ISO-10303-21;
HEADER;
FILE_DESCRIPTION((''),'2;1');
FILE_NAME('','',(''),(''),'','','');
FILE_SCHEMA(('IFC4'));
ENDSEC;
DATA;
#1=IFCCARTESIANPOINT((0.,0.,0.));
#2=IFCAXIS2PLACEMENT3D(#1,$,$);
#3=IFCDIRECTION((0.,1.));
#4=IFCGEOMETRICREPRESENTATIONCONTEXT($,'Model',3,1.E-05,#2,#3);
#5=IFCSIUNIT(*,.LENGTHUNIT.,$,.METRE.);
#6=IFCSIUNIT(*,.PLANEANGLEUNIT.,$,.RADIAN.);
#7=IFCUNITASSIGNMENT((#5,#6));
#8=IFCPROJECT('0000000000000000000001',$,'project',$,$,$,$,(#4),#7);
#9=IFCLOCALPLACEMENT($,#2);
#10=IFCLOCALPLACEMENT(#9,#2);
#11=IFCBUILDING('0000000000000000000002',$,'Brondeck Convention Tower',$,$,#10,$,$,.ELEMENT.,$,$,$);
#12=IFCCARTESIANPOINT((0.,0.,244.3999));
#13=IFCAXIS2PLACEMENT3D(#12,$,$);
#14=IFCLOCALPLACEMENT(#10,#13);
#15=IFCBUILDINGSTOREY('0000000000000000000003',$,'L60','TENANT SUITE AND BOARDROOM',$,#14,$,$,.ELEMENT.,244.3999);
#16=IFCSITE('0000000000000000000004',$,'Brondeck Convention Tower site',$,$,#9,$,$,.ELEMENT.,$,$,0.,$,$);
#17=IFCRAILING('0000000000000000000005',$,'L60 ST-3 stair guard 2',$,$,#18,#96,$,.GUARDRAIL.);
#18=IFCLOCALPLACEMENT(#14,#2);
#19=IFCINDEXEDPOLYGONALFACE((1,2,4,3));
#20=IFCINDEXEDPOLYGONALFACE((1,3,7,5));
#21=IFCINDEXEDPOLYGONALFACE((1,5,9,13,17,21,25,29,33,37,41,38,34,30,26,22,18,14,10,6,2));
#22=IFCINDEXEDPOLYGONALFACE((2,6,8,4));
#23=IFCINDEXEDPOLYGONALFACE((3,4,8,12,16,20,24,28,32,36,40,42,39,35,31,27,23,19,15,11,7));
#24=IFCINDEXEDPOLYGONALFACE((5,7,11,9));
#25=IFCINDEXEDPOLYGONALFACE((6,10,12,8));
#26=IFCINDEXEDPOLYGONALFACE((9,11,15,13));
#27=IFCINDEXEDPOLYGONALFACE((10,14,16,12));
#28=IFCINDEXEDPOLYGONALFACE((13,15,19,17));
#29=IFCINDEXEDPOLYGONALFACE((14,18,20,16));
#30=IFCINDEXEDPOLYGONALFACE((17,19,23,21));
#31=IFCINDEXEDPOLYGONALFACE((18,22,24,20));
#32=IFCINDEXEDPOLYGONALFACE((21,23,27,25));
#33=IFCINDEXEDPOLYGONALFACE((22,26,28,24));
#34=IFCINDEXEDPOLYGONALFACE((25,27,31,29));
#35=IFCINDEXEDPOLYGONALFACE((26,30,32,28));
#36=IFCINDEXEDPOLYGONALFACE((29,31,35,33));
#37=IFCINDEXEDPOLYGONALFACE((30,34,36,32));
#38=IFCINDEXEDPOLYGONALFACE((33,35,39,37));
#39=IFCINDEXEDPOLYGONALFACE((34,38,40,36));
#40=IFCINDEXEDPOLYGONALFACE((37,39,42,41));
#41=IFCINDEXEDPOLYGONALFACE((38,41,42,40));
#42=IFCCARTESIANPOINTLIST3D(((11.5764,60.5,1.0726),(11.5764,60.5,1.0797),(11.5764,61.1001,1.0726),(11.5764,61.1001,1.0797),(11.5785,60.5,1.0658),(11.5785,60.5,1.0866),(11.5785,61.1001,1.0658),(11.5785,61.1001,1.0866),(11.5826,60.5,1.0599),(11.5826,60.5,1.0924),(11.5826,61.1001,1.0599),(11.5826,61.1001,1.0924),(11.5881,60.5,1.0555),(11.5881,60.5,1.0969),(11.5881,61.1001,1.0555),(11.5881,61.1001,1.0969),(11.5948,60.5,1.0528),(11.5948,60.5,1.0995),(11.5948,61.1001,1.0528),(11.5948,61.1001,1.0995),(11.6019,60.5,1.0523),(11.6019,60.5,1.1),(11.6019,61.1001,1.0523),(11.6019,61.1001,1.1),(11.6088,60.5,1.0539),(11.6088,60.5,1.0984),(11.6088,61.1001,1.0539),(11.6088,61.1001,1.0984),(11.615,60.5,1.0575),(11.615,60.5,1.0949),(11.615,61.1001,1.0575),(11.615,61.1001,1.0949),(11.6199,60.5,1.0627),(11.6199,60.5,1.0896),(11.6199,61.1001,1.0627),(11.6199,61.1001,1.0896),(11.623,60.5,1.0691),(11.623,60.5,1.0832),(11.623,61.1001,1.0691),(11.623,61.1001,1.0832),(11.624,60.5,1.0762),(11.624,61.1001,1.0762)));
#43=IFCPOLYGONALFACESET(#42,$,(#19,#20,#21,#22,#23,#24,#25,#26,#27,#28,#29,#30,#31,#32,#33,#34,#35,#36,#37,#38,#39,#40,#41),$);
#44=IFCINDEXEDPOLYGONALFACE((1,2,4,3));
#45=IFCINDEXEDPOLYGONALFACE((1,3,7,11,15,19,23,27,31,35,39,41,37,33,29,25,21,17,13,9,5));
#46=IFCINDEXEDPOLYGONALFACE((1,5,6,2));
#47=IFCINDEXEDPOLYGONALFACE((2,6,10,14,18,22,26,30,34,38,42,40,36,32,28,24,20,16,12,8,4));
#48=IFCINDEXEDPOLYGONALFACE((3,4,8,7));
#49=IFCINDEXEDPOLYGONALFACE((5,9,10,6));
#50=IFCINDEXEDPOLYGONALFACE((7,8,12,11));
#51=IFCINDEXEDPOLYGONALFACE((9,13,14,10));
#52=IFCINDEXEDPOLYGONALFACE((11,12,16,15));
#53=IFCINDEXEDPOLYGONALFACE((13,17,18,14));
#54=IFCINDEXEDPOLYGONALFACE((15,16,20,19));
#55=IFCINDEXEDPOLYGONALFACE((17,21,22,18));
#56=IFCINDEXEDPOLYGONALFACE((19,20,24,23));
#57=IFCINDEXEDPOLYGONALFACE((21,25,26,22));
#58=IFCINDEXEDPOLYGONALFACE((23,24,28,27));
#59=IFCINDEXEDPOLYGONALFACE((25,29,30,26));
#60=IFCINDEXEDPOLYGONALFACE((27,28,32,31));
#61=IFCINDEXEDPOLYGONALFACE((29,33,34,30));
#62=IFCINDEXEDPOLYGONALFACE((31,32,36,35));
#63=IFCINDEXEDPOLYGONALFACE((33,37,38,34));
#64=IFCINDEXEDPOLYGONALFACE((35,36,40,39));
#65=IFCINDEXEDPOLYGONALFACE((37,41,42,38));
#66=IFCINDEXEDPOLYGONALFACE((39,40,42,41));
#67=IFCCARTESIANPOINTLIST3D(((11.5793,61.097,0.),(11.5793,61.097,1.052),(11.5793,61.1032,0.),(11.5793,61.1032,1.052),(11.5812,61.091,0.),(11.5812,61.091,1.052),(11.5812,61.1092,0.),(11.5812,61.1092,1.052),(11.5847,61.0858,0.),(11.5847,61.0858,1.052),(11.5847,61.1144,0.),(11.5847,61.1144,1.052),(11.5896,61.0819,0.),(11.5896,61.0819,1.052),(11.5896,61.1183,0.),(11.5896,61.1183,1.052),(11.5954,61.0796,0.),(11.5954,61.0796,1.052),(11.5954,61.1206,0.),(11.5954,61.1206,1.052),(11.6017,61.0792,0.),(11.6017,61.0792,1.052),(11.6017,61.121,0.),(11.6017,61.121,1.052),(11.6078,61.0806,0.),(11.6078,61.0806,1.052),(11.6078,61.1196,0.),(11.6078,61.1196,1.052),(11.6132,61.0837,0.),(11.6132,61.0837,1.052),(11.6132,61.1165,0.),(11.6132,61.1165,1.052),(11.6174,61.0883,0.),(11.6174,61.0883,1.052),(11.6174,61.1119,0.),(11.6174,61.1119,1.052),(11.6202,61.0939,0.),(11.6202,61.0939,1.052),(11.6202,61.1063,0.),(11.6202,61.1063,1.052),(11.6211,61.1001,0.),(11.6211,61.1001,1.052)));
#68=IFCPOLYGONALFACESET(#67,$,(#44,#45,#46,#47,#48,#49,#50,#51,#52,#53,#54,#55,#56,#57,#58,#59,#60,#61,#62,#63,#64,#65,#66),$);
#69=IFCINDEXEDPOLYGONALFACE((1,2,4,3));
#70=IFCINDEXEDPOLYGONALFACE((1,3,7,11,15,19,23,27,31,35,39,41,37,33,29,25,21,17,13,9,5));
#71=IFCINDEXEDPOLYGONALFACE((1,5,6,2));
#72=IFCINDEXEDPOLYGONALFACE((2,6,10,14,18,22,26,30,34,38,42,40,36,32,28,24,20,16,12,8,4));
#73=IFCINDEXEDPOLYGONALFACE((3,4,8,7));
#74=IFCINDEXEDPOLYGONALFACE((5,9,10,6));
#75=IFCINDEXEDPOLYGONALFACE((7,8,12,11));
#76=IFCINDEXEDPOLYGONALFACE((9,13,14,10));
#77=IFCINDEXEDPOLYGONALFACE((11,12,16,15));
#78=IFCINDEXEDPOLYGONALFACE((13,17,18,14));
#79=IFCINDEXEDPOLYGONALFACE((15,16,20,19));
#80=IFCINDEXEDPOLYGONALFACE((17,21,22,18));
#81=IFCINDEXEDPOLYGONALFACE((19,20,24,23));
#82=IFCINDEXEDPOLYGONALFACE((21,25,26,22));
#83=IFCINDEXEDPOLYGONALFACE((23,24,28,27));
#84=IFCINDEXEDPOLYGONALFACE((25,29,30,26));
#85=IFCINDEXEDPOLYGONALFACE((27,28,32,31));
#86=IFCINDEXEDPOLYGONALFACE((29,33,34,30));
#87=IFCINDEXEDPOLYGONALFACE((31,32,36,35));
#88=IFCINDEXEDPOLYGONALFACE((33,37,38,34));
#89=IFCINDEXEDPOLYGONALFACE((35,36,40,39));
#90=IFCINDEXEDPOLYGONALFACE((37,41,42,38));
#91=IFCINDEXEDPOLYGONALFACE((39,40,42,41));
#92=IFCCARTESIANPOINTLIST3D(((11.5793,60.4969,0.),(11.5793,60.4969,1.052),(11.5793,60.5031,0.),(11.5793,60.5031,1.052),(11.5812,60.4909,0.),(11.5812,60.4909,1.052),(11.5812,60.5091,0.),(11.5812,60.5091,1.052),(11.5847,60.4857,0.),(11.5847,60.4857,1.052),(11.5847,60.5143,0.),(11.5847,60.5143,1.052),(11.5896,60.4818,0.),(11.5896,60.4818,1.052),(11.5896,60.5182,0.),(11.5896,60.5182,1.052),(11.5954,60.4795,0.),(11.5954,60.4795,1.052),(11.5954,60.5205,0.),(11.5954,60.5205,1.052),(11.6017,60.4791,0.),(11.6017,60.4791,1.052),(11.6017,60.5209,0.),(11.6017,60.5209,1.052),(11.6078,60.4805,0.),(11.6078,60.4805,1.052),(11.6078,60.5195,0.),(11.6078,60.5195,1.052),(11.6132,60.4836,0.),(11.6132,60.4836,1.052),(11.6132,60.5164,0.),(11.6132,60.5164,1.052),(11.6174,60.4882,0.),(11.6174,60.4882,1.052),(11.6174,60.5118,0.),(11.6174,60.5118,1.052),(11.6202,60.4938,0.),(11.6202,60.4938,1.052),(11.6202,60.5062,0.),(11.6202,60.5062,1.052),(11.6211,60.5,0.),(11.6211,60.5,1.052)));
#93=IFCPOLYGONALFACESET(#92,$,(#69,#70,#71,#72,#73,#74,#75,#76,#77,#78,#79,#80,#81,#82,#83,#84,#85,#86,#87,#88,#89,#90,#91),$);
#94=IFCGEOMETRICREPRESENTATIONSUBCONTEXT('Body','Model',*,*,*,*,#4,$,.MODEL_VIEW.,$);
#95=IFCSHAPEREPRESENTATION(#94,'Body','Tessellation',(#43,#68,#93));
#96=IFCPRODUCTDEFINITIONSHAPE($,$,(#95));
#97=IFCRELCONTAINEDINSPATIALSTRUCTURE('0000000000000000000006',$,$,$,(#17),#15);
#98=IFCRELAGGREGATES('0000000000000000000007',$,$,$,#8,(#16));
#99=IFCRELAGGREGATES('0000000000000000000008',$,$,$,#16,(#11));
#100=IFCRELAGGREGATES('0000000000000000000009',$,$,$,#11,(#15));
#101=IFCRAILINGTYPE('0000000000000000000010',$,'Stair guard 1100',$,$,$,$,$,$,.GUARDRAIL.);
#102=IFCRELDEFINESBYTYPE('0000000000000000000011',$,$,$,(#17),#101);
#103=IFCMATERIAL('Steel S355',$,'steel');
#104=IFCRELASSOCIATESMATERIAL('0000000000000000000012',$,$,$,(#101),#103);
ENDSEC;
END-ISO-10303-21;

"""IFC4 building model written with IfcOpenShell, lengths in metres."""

from ifc_helpers import new_model, si_unit, direction, frame, origin, origin_2d, place, context, subcontext, project, spatial, circle, extrude, material, type_object, element, save


model = new_model("IFC4")

# Units and contexts
model_context = context("Model", 3, precision=1e-05, world=origin(), true_north=direction((0.0, 1.0)))
body_context = subcontext(model_context, "Body", "Model", "MODEL_VIEW")
ifc_project = project(units=[si_unit("LENGTHUNIT", "METRE"), si_unit("PLANEANGLEUNIT", "RADIAN")], contexts=[model_context])

# Site, building, storey
site_placement = place(None, origin())
site = spatial("IfcSite", under=ifc_project, at=site_placement, Name="Brondeck Convention Tower site", CompositionType="ELEMENT", RefElevation=0.0)
building_placement = place(site_placement, origin())
building = spatial("IfcBuilding", under=site, at=building_placement, Name="Brondeck Convention Tower", CompositionType="ELEMENT")
storey_placement = place(building_placement, frame((0.0, 0.0, 244.3999)))
storey = spatial("IfcBuildingStorey", under=building, at=storey_placement, Name="L60", Description="TENANT SUITE AND BOARDROOM", CompositionType="ELEMENT", Elevation=244.3999)

# Railing
ifc_material_1 = material(Name="Steel S355", Category="steel")
railing_type_1 = type_object("IfcRailingType", Name="Stair guard 1100", PredefinedType="GUARDRAIL", material=ifc_material_1)
railing_1_placement = place(storey_placement, frame((11.6001, 61.1001, 0.0)))
element("IfcRailing", 1, at=railing_1_placement, inside=storey, type_object=railing_type_1, Name="L60 ST-3 stair guard 2", PredefinedType="GUARDRAIL", context=body_context, shape_type="SweptSolid", body=[
    extrude(circle(Radius=0.0239, at=origin_2d()), frame((0.0, 0.0, 1.0762), z_axis=(0.0, -1.0, 0.0), x_axis=(1.0, 0.0, 0.0)), (0.0, 0.0, 1.0), 0.6001),
    extrude(circle(Radius=0.021, at=origin_2d()), origin(), (0.0, 0.0, 1.0), 1.052),
    extrude(circle(Radius=0.021, at=origin_2d()), frame((0.0, -0.6001, 0.0)), (0.0, 0.0, 1.0), 1.052),
])

save(model, "model.ifc")
